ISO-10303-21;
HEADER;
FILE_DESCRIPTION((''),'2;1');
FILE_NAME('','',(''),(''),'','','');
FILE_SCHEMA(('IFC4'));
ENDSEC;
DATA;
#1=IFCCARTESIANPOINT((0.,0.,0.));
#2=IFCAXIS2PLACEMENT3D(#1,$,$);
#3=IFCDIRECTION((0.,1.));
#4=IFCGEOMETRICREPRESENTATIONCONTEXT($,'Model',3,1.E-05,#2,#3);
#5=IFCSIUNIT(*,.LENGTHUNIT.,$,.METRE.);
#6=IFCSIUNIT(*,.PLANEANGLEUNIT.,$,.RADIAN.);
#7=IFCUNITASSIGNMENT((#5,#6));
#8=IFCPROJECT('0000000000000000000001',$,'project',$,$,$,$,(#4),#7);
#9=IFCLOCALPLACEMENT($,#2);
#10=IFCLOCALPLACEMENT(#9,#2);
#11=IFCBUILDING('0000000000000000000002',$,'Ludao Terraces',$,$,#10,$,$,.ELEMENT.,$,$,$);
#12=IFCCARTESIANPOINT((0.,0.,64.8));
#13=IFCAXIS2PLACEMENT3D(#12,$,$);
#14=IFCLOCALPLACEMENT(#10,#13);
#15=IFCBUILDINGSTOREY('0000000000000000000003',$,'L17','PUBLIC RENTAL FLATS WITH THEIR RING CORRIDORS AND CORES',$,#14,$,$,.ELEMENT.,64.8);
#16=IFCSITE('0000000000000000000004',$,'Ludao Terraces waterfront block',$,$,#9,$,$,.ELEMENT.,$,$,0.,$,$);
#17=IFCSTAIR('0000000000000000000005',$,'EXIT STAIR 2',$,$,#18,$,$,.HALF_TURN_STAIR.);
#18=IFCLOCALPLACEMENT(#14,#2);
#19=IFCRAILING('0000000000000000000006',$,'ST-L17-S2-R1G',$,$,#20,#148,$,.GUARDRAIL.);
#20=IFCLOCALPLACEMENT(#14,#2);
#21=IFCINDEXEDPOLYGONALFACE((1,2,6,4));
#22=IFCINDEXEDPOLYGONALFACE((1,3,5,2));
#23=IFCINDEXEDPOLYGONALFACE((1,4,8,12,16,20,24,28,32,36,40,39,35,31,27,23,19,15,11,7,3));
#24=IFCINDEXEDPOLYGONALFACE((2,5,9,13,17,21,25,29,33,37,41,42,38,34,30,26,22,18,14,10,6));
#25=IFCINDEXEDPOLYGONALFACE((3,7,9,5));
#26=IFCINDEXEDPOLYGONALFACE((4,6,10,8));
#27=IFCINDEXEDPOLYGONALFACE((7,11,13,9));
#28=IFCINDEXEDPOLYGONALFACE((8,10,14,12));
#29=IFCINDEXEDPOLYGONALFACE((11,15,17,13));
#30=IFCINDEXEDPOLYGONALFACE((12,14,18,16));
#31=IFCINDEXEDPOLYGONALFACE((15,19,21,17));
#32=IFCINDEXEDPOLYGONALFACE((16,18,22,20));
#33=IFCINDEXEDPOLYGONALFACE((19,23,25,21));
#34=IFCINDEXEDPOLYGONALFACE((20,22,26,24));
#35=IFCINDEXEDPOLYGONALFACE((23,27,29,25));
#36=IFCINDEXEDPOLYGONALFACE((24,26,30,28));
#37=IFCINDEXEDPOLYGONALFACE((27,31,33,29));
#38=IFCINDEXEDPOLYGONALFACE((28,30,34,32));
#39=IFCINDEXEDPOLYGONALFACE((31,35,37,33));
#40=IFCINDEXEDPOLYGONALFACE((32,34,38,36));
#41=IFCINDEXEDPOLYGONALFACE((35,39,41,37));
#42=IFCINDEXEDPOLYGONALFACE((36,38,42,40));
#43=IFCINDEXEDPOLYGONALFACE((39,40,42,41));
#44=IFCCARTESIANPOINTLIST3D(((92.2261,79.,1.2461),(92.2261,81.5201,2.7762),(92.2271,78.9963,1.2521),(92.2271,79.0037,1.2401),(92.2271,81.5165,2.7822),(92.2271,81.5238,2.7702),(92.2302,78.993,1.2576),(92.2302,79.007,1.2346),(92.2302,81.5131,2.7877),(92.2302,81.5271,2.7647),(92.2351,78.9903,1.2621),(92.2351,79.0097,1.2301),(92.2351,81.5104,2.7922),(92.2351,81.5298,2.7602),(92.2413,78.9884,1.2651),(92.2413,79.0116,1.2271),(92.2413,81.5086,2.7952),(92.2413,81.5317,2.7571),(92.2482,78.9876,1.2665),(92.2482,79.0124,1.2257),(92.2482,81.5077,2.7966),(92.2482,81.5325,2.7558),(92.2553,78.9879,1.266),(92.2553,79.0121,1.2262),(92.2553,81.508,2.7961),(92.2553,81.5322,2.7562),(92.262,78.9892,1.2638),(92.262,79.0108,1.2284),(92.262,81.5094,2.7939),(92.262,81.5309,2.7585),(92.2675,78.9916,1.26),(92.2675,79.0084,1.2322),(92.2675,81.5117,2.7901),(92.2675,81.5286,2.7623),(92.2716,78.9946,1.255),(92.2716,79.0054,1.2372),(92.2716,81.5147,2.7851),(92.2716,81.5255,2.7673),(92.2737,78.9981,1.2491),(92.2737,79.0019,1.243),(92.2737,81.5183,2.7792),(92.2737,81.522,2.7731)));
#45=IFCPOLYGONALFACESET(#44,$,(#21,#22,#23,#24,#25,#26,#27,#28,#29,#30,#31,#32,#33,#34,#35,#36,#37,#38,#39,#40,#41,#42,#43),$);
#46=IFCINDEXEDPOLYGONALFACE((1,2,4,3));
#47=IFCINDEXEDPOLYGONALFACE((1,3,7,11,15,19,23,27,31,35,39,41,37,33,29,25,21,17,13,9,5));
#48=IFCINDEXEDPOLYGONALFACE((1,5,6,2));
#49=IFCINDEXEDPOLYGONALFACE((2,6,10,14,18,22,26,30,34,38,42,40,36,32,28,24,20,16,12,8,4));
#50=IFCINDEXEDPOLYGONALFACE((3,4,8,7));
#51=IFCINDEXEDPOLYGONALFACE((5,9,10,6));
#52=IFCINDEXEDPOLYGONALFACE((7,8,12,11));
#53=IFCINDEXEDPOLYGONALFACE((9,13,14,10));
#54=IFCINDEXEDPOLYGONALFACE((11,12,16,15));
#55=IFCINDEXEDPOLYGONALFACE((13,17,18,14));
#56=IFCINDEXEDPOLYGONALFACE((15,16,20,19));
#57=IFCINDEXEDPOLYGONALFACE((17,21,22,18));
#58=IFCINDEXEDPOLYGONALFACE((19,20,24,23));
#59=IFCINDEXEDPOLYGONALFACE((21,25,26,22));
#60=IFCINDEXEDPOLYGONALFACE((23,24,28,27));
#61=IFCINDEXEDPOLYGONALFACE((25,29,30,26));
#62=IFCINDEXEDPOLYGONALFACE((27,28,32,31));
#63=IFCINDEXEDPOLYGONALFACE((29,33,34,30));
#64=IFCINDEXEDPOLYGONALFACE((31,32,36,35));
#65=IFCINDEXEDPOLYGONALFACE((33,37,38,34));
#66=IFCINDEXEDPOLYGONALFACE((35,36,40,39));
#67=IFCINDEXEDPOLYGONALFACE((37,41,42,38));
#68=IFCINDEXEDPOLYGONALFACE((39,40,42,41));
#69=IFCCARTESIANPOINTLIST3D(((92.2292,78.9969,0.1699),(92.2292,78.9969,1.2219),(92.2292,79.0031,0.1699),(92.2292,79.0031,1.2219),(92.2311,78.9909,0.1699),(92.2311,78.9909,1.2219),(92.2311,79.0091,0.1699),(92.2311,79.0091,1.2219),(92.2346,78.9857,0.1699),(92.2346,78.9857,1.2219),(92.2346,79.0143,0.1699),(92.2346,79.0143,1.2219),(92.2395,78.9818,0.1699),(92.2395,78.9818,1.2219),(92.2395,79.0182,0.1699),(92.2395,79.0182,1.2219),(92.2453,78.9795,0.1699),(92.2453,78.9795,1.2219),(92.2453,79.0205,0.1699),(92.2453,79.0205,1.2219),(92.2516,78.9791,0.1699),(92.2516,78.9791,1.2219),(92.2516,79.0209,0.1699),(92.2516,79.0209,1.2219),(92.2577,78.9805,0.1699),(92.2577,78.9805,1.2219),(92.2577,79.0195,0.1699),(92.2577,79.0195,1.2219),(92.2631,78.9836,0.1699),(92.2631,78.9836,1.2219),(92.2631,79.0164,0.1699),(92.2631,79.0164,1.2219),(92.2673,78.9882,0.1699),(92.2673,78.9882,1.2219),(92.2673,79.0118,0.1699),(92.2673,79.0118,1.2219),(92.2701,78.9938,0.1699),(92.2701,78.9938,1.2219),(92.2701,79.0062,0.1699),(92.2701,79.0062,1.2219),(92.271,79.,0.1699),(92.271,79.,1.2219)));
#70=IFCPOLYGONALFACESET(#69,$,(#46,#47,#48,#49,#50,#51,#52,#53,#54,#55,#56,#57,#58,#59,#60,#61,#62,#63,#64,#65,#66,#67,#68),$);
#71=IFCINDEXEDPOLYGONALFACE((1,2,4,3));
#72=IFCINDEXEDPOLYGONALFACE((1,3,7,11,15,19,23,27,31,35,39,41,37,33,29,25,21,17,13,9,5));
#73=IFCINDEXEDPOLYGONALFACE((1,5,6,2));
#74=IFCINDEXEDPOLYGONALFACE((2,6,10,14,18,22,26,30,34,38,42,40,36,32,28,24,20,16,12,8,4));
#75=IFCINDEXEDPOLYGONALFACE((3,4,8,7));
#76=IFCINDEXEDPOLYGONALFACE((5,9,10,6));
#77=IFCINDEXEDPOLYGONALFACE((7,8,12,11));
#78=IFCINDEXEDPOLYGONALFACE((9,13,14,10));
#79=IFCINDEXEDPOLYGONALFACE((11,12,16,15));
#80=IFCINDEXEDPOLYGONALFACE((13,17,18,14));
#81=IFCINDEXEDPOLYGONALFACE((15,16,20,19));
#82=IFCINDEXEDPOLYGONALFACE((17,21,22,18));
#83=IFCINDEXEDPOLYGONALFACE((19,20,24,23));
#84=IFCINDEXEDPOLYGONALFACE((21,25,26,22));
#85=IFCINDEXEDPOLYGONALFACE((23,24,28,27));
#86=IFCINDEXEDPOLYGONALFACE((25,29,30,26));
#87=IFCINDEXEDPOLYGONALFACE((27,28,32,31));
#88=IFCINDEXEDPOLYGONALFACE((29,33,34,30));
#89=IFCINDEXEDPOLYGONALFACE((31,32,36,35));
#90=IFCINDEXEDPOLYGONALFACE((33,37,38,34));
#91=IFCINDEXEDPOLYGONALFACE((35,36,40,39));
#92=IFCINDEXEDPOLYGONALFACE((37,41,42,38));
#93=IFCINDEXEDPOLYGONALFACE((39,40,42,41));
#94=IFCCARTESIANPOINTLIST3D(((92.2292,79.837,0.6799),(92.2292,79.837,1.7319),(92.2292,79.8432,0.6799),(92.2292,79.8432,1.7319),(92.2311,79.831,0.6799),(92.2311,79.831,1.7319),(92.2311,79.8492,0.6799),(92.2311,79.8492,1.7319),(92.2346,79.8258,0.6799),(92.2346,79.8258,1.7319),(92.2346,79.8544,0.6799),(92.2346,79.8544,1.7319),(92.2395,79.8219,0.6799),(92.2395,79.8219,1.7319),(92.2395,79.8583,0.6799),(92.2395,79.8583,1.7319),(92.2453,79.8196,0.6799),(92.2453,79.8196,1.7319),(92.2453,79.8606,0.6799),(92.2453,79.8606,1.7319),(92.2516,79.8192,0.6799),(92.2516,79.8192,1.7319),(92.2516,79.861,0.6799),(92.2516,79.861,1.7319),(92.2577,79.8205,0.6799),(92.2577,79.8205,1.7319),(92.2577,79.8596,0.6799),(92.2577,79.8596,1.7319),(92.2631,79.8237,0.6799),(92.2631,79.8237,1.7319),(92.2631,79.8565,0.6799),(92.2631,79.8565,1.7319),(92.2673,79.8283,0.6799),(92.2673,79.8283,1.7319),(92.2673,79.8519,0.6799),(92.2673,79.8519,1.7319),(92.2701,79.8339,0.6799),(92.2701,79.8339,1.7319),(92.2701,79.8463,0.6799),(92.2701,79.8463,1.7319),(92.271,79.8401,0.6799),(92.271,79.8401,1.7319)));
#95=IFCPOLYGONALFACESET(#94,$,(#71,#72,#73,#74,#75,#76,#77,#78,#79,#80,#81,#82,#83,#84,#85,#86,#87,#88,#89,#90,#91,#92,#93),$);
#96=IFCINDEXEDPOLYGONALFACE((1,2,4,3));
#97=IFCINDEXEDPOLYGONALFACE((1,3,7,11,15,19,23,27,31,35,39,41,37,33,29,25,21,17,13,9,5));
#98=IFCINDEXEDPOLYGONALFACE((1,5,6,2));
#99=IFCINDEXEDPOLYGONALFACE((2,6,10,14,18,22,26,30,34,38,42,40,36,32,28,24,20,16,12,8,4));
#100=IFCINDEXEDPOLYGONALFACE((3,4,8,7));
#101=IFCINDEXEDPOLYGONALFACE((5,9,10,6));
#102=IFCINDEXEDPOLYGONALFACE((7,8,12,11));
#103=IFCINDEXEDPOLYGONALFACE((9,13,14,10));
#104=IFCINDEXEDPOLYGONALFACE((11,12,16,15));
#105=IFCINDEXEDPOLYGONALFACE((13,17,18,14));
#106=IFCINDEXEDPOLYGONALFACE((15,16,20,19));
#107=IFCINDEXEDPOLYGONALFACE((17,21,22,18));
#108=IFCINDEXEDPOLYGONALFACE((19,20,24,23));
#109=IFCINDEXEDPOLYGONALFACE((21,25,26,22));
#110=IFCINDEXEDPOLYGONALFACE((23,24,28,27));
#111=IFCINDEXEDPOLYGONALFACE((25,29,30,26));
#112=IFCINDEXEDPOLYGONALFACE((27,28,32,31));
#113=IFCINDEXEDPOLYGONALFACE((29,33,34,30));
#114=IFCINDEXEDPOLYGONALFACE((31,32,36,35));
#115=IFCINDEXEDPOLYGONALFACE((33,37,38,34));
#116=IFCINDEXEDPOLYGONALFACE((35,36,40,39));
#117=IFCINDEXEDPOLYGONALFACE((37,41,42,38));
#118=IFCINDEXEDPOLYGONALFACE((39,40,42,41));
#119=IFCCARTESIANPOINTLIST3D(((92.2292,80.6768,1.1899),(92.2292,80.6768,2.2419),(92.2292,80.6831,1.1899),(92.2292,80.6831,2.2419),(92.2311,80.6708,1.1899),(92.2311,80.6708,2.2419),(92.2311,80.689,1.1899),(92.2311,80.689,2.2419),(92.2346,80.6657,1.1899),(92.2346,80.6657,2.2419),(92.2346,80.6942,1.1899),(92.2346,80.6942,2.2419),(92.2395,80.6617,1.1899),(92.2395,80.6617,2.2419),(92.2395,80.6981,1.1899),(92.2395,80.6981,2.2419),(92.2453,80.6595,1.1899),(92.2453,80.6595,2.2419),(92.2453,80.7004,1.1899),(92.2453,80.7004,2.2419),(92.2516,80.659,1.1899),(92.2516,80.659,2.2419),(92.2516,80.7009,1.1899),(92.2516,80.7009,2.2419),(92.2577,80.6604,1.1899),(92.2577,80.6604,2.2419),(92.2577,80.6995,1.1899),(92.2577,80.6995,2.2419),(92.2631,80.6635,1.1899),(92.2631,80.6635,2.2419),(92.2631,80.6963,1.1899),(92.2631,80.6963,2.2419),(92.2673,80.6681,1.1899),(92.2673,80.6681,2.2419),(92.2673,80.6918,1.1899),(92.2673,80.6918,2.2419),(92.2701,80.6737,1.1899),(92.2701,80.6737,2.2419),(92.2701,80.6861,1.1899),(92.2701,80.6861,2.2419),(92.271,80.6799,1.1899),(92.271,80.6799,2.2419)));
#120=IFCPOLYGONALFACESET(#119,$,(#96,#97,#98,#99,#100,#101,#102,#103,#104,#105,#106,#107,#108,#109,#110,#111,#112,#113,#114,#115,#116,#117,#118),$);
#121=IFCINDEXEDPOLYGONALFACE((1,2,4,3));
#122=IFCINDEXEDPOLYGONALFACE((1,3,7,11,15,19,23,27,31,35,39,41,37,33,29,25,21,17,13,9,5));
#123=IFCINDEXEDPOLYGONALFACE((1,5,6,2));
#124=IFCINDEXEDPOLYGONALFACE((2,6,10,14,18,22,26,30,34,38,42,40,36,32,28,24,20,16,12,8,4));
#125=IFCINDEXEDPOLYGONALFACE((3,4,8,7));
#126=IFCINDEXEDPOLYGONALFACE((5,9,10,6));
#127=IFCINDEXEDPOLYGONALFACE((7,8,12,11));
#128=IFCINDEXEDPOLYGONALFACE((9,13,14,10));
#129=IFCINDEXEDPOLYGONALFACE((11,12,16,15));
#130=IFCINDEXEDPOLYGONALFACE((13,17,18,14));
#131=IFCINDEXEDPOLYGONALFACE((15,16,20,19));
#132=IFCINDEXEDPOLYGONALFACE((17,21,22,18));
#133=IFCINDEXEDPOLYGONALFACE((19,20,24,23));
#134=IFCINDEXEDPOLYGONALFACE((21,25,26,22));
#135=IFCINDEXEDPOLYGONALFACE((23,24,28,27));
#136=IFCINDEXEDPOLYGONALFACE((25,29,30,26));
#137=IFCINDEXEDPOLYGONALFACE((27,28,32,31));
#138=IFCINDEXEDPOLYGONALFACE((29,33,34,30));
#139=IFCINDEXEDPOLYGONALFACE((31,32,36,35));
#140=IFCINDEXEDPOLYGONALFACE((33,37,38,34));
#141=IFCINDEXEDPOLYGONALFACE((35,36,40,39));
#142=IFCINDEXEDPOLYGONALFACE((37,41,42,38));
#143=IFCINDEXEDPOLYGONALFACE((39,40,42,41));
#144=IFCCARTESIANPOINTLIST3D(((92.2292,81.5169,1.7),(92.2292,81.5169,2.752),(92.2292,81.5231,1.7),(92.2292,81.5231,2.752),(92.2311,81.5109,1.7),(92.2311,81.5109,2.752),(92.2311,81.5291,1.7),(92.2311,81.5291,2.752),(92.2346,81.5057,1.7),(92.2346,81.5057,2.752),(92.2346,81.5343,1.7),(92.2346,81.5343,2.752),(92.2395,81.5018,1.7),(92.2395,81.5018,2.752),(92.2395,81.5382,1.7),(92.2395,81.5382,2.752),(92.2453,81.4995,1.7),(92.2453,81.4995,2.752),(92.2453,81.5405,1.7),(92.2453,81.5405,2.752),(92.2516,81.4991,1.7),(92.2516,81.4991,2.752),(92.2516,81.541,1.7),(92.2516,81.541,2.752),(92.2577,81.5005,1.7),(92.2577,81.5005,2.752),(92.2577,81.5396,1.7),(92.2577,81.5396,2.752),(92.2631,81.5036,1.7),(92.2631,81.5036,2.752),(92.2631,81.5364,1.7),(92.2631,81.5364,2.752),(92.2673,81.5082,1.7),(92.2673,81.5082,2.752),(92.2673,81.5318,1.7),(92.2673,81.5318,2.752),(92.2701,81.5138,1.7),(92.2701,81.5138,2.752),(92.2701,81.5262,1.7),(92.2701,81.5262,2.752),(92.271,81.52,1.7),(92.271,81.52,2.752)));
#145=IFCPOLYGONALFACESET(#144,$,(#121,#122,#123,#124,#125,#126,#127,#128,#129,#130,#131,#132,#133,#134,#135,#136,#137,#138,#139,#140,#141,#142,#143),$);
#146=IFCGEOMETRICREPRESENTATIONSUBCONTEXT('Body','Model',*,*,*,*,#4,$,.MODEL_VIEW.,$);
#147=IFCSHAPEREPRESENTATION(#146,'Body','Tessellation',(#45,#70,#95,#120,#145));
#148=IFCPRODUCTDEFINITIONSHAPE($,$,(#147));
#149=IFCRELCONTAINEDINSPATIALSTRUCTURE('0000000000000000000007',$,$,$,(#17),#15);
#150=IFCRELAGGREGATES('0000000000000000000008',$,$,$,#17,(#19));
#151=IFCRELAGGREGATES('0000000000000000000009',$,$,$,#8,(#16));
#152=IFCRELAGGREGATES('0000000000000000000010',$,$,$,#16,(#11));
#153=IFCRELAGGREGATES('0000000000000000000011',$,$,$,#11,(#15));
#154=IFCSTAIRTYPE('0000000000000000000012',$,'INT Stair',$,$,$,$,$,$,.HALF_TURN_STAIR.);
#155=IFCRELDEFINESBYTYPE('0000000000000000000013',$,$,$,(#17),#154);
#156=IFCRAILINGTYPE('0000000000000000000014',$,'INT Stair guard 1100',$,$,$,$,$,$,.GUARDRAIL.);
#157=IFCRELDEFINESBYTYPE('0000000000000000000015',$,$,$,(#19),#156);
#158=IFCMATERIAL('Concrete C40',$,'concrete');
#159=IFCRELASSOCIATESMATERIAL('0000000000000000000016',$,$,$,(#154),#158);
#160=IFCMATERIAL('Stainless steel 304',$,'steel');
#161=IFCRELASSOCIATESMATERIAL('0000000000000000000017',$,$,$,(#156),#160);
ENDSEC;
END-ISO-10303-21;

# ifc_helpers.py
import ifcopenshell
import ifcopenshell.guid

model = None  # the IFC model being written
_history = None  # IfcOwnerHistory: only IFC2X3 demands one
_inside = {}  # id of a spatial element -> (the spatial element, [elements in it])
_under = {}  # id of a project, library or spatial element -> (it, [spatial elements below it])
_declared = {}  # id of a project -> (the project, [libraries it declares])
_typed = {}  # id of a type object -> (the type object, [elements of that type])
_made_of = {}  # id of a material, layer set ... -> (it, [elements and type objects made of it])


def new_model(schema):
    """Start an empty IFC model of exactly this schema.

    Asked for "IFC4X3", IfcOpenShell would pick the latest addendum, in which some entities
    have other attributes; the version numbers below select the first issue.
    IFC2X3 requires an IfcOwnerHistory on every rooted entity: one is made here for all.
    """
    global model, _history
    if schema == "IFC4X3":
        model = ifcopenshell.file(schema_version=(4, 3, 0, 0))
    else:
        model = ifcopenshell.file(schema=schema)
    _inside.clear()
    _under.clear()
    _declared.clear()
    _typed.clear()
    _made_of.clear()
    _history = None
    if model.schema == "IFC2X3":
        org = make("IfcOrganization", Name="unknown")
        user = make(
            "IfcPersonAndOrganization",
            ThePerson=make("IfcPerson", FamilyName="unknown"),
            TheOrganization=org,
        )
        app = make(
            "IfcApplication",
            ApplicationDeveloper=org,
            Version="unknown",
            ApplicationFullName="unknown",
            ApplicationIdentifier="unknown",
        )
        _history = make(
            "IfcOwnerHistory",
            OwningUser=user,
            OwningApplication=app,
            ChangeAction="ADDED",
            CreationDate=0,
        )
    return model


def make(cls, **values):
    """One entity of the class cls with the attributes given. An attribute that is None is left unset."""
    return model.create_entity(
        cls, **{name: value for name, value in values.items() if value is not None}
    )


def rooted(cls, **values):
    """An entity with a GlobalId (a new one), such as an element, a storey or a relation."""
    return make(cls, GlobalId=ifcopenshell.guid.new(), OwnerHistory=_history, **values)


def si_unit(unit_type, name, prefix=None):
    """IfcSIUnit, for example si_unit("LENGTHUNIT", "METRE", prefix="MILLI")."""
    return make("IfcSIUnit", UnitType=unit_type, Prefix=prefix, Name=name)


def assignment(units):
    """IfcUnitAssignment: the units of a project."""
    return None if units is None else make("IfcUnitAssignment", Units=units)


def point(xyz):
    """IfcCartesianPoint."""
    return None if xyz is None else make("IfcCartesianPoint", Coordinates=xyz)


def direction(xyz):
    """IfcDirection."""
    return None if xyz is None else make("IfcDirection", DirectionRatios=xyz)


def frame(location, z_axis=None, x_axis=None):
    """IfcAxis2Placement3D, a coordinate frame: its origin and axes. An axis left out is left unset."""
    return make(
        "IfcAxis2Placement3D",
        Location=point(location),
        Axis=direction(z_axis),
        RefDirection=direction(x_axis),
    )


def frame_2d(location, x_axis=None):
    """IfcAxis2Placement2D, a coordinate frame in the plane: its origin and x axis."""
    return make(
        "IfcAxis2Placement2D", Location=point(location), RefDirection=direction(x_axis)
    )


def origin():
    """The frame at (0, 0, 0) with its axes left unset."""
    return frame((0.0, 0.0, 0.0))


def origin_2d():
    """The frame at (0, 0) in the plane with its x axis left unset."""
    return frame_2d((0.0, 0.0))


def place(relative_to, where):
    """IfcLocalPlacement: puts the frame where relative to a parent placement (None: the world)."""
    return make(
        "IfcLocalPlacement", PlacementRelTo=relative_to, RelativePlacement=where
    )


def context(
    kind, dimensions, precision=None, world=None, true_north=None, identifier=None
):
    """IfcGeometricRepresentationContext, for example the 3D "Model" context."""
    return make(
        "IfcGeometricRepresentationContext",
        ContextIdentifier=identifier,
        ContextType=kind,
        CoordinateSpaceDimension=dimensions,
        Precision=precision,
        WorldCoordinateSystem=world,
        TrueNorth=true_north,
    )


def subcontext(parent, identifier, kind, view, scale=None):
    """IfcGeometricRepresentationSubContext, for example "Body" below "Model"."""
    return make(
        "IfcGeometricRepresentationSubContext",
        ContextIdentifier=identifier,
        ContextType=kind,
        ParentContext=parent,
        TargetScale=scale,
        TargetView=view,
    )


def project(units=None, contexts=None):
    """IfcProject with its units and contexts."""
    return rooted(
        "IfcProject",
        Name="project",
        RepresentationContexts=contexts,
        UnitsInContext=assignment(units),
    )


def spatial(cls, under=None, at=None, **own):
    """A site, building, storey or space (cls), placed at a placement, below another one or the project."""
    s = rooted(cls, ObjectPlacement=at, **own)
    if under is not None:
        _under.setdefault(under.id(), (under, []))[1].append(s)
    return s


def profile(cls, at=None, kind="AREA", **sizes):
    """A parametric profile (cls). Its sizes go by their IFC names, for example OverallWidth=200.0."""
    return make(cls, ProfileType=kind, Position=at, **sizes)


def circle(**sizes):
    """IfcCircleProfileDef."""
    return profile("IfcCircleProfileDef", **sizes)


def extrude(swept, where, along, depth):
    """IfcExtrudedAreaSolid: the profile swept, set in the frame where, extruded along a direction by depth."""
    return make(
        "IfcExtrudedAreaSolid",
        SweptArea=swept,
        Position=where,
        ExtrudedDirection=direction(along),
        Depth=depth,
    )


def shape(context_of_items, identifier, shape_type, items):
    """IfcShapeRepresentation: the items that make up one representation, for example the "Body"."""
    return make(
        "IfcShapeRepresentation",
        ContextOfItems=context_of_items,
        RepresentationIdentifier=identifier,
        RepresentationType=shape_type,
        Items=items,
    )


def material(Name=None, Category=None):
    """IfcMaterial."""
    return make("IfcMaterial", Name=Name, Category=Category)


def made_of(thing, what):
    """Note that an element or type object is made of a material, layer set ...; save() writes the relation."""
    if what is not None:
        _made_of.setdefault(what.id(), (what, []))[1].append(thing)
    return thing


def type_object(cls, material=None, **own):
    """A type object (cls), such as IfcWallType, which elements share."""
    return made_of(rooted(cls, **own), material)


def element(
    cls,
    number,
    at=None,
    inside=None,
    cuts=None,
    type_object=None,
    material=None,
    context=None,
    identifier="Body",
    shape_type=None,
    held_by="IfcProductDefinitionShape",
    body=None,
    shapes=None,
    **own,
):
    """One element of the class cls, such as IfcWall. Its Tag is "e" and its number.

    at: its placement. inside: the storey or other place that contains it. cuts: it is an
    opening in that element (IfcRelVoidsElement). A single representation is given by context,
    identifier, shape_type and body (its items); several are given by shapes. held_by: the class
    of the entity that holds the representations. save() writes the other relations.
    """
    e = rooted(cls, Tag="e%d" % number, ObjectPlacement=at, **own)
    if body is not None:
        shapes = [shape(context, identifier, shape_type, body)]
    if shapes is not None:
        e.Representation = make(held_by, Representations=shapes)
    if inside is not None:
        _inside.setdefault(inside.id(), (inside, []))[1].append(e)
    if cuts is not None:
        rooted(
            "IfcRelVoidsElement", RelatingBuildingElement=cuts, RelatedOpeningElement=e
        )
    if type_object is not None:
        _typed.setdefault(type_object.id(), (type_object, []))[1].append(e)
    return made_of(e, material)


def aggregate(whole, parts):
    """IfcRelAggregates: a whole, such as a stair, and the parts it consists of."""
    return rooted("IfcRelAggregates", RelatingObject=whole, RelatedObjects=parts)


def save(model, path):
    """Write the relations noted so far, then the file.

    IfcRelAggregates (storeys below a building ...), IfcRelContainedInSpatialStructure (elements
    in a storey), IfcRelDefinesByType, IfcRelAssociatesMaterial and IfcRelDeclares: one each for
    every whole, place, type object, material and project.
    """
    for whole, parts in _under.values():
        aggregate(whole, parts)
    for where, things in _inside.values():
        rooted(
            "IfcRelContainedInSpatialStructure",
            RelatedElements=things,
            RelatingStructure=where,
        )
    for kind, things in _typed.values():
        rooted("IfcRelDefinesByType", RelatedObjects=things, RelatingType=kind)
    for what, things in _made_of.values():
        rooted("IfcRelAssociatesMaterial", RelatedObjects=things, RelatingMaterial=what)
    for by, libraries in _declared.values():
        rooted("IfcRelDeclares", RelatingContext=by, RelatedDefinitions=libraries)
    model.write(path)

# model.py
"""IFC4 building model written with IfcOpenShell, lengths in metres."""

from ifc_helpers import new_model, si_unit, direction, frame, origin, origin_2d, place, context, subcontext, project, spatial, circle, extrude, material, type_object, element, aggregate, save


model = new_model("IFC4")

# Units and contexts
model_context = context("Model", 3, precision=1e-05, world=origin(), true_north=direction((0.0, 1.0)))
body_context = subcontext(model_context, "Body", "Model", "MODEL_VIEW")
ifc_project = project(units=[si_unit("LENGTHUNIT", "METRE"), si_unit("PLANEANGLEUNIT", "RADIAN")], contexts=[model_context])

# Site, building, storey
site_placement = place(None, origin())
site = spatial("IfcSite", under=ifc_project, at=site_placement, Name="Ludao Terraces waterfront block", CompositionType="ELEMENT", RefElevation=0.0)
building_placement = place(site_placement, origin())
building = spatial("IfcBuilding", under=site, at=building_placement, Name="Ludao Terraces", CompositionType="ELEMENT")
storey_placement = place(building_placement, frame((0.0, 0.0, 64.8)))
storey = spatial("IfcBuildingStorey", under=building, at=storey_placement, Name="L17", Description="PUBLIC RENTAL FLATS WITH THEIR RING CORRIDORS AND CORES", CompositionType="ELEMENT", Elevation=64.8)

# Stair, railing
ifc_material_1 = material(Name="Concrete C40", Category="concrete")
stair_type = type_object("IfcStairType", Name="INT Stair", PredefinedType="HALF_TURN_STAIR", material=ifc_material_1)
stair_placement = place(storey_placement, origin())
stair = element("IfcStair", 1, at=stair_placement, inside=storey, type_object=stair_type, Name="EXIT STAIR 2", PredefinedType="HALF_TURN_STAIR")
ifc_material_2 = material(Name="Stainless steel 304", Category="steel")
railing_type_1 = type_object("IfcRailingType", Name="INT Stair guard 1100", PredefinedType="GUARDRAIL", material=ifc_material_2)
railing_1_placement = place(storey_placement, frame((92.25, 79.0, 0.1699)))
railing_1 = element("IfcRailing", 2, at=railing_1_placement, type_object=railing_type_1, Name="ST-L17-S2-R1G", PredefinedType="GUARDRAIL", context=body_context, shape_type="SweptSolid", body=[
    extrude(circle(Radius=0.0239, at=origin_2d()), frame((0.0, 0.0, 1.0762), z_axis=(0.0, 0.854785, 0.518982), x_axis=(-1.0, 0.0, 0.0)), (0.0, 0.0, 1.0), 2.9482),
    extrude(circle(Radius=0.021, at=origin_2d()), origin(), (0.0, 0.0, 1.0), 1.052),
    extrude(circle(Radius=0.021, at=origin_2d()), frame((0.0, 0.8401, 0.51)), (0.0, 0.0, 1.0), 1.052),
    extrude(circle(Radius=0.021, at=origin_2d()), frame((0.0, 1.6799, 1.02)), (0.0, 0.0, 1.0), 1.052),
    extrude(circle(Radius=0.021, at=origin_2d()), frame((0.0, 2.52, 1.53)), (0.0, 0.0, 1.0), 1.052),
])
aggregate(stair, [railing_1])

save(model, "model.ifc")
